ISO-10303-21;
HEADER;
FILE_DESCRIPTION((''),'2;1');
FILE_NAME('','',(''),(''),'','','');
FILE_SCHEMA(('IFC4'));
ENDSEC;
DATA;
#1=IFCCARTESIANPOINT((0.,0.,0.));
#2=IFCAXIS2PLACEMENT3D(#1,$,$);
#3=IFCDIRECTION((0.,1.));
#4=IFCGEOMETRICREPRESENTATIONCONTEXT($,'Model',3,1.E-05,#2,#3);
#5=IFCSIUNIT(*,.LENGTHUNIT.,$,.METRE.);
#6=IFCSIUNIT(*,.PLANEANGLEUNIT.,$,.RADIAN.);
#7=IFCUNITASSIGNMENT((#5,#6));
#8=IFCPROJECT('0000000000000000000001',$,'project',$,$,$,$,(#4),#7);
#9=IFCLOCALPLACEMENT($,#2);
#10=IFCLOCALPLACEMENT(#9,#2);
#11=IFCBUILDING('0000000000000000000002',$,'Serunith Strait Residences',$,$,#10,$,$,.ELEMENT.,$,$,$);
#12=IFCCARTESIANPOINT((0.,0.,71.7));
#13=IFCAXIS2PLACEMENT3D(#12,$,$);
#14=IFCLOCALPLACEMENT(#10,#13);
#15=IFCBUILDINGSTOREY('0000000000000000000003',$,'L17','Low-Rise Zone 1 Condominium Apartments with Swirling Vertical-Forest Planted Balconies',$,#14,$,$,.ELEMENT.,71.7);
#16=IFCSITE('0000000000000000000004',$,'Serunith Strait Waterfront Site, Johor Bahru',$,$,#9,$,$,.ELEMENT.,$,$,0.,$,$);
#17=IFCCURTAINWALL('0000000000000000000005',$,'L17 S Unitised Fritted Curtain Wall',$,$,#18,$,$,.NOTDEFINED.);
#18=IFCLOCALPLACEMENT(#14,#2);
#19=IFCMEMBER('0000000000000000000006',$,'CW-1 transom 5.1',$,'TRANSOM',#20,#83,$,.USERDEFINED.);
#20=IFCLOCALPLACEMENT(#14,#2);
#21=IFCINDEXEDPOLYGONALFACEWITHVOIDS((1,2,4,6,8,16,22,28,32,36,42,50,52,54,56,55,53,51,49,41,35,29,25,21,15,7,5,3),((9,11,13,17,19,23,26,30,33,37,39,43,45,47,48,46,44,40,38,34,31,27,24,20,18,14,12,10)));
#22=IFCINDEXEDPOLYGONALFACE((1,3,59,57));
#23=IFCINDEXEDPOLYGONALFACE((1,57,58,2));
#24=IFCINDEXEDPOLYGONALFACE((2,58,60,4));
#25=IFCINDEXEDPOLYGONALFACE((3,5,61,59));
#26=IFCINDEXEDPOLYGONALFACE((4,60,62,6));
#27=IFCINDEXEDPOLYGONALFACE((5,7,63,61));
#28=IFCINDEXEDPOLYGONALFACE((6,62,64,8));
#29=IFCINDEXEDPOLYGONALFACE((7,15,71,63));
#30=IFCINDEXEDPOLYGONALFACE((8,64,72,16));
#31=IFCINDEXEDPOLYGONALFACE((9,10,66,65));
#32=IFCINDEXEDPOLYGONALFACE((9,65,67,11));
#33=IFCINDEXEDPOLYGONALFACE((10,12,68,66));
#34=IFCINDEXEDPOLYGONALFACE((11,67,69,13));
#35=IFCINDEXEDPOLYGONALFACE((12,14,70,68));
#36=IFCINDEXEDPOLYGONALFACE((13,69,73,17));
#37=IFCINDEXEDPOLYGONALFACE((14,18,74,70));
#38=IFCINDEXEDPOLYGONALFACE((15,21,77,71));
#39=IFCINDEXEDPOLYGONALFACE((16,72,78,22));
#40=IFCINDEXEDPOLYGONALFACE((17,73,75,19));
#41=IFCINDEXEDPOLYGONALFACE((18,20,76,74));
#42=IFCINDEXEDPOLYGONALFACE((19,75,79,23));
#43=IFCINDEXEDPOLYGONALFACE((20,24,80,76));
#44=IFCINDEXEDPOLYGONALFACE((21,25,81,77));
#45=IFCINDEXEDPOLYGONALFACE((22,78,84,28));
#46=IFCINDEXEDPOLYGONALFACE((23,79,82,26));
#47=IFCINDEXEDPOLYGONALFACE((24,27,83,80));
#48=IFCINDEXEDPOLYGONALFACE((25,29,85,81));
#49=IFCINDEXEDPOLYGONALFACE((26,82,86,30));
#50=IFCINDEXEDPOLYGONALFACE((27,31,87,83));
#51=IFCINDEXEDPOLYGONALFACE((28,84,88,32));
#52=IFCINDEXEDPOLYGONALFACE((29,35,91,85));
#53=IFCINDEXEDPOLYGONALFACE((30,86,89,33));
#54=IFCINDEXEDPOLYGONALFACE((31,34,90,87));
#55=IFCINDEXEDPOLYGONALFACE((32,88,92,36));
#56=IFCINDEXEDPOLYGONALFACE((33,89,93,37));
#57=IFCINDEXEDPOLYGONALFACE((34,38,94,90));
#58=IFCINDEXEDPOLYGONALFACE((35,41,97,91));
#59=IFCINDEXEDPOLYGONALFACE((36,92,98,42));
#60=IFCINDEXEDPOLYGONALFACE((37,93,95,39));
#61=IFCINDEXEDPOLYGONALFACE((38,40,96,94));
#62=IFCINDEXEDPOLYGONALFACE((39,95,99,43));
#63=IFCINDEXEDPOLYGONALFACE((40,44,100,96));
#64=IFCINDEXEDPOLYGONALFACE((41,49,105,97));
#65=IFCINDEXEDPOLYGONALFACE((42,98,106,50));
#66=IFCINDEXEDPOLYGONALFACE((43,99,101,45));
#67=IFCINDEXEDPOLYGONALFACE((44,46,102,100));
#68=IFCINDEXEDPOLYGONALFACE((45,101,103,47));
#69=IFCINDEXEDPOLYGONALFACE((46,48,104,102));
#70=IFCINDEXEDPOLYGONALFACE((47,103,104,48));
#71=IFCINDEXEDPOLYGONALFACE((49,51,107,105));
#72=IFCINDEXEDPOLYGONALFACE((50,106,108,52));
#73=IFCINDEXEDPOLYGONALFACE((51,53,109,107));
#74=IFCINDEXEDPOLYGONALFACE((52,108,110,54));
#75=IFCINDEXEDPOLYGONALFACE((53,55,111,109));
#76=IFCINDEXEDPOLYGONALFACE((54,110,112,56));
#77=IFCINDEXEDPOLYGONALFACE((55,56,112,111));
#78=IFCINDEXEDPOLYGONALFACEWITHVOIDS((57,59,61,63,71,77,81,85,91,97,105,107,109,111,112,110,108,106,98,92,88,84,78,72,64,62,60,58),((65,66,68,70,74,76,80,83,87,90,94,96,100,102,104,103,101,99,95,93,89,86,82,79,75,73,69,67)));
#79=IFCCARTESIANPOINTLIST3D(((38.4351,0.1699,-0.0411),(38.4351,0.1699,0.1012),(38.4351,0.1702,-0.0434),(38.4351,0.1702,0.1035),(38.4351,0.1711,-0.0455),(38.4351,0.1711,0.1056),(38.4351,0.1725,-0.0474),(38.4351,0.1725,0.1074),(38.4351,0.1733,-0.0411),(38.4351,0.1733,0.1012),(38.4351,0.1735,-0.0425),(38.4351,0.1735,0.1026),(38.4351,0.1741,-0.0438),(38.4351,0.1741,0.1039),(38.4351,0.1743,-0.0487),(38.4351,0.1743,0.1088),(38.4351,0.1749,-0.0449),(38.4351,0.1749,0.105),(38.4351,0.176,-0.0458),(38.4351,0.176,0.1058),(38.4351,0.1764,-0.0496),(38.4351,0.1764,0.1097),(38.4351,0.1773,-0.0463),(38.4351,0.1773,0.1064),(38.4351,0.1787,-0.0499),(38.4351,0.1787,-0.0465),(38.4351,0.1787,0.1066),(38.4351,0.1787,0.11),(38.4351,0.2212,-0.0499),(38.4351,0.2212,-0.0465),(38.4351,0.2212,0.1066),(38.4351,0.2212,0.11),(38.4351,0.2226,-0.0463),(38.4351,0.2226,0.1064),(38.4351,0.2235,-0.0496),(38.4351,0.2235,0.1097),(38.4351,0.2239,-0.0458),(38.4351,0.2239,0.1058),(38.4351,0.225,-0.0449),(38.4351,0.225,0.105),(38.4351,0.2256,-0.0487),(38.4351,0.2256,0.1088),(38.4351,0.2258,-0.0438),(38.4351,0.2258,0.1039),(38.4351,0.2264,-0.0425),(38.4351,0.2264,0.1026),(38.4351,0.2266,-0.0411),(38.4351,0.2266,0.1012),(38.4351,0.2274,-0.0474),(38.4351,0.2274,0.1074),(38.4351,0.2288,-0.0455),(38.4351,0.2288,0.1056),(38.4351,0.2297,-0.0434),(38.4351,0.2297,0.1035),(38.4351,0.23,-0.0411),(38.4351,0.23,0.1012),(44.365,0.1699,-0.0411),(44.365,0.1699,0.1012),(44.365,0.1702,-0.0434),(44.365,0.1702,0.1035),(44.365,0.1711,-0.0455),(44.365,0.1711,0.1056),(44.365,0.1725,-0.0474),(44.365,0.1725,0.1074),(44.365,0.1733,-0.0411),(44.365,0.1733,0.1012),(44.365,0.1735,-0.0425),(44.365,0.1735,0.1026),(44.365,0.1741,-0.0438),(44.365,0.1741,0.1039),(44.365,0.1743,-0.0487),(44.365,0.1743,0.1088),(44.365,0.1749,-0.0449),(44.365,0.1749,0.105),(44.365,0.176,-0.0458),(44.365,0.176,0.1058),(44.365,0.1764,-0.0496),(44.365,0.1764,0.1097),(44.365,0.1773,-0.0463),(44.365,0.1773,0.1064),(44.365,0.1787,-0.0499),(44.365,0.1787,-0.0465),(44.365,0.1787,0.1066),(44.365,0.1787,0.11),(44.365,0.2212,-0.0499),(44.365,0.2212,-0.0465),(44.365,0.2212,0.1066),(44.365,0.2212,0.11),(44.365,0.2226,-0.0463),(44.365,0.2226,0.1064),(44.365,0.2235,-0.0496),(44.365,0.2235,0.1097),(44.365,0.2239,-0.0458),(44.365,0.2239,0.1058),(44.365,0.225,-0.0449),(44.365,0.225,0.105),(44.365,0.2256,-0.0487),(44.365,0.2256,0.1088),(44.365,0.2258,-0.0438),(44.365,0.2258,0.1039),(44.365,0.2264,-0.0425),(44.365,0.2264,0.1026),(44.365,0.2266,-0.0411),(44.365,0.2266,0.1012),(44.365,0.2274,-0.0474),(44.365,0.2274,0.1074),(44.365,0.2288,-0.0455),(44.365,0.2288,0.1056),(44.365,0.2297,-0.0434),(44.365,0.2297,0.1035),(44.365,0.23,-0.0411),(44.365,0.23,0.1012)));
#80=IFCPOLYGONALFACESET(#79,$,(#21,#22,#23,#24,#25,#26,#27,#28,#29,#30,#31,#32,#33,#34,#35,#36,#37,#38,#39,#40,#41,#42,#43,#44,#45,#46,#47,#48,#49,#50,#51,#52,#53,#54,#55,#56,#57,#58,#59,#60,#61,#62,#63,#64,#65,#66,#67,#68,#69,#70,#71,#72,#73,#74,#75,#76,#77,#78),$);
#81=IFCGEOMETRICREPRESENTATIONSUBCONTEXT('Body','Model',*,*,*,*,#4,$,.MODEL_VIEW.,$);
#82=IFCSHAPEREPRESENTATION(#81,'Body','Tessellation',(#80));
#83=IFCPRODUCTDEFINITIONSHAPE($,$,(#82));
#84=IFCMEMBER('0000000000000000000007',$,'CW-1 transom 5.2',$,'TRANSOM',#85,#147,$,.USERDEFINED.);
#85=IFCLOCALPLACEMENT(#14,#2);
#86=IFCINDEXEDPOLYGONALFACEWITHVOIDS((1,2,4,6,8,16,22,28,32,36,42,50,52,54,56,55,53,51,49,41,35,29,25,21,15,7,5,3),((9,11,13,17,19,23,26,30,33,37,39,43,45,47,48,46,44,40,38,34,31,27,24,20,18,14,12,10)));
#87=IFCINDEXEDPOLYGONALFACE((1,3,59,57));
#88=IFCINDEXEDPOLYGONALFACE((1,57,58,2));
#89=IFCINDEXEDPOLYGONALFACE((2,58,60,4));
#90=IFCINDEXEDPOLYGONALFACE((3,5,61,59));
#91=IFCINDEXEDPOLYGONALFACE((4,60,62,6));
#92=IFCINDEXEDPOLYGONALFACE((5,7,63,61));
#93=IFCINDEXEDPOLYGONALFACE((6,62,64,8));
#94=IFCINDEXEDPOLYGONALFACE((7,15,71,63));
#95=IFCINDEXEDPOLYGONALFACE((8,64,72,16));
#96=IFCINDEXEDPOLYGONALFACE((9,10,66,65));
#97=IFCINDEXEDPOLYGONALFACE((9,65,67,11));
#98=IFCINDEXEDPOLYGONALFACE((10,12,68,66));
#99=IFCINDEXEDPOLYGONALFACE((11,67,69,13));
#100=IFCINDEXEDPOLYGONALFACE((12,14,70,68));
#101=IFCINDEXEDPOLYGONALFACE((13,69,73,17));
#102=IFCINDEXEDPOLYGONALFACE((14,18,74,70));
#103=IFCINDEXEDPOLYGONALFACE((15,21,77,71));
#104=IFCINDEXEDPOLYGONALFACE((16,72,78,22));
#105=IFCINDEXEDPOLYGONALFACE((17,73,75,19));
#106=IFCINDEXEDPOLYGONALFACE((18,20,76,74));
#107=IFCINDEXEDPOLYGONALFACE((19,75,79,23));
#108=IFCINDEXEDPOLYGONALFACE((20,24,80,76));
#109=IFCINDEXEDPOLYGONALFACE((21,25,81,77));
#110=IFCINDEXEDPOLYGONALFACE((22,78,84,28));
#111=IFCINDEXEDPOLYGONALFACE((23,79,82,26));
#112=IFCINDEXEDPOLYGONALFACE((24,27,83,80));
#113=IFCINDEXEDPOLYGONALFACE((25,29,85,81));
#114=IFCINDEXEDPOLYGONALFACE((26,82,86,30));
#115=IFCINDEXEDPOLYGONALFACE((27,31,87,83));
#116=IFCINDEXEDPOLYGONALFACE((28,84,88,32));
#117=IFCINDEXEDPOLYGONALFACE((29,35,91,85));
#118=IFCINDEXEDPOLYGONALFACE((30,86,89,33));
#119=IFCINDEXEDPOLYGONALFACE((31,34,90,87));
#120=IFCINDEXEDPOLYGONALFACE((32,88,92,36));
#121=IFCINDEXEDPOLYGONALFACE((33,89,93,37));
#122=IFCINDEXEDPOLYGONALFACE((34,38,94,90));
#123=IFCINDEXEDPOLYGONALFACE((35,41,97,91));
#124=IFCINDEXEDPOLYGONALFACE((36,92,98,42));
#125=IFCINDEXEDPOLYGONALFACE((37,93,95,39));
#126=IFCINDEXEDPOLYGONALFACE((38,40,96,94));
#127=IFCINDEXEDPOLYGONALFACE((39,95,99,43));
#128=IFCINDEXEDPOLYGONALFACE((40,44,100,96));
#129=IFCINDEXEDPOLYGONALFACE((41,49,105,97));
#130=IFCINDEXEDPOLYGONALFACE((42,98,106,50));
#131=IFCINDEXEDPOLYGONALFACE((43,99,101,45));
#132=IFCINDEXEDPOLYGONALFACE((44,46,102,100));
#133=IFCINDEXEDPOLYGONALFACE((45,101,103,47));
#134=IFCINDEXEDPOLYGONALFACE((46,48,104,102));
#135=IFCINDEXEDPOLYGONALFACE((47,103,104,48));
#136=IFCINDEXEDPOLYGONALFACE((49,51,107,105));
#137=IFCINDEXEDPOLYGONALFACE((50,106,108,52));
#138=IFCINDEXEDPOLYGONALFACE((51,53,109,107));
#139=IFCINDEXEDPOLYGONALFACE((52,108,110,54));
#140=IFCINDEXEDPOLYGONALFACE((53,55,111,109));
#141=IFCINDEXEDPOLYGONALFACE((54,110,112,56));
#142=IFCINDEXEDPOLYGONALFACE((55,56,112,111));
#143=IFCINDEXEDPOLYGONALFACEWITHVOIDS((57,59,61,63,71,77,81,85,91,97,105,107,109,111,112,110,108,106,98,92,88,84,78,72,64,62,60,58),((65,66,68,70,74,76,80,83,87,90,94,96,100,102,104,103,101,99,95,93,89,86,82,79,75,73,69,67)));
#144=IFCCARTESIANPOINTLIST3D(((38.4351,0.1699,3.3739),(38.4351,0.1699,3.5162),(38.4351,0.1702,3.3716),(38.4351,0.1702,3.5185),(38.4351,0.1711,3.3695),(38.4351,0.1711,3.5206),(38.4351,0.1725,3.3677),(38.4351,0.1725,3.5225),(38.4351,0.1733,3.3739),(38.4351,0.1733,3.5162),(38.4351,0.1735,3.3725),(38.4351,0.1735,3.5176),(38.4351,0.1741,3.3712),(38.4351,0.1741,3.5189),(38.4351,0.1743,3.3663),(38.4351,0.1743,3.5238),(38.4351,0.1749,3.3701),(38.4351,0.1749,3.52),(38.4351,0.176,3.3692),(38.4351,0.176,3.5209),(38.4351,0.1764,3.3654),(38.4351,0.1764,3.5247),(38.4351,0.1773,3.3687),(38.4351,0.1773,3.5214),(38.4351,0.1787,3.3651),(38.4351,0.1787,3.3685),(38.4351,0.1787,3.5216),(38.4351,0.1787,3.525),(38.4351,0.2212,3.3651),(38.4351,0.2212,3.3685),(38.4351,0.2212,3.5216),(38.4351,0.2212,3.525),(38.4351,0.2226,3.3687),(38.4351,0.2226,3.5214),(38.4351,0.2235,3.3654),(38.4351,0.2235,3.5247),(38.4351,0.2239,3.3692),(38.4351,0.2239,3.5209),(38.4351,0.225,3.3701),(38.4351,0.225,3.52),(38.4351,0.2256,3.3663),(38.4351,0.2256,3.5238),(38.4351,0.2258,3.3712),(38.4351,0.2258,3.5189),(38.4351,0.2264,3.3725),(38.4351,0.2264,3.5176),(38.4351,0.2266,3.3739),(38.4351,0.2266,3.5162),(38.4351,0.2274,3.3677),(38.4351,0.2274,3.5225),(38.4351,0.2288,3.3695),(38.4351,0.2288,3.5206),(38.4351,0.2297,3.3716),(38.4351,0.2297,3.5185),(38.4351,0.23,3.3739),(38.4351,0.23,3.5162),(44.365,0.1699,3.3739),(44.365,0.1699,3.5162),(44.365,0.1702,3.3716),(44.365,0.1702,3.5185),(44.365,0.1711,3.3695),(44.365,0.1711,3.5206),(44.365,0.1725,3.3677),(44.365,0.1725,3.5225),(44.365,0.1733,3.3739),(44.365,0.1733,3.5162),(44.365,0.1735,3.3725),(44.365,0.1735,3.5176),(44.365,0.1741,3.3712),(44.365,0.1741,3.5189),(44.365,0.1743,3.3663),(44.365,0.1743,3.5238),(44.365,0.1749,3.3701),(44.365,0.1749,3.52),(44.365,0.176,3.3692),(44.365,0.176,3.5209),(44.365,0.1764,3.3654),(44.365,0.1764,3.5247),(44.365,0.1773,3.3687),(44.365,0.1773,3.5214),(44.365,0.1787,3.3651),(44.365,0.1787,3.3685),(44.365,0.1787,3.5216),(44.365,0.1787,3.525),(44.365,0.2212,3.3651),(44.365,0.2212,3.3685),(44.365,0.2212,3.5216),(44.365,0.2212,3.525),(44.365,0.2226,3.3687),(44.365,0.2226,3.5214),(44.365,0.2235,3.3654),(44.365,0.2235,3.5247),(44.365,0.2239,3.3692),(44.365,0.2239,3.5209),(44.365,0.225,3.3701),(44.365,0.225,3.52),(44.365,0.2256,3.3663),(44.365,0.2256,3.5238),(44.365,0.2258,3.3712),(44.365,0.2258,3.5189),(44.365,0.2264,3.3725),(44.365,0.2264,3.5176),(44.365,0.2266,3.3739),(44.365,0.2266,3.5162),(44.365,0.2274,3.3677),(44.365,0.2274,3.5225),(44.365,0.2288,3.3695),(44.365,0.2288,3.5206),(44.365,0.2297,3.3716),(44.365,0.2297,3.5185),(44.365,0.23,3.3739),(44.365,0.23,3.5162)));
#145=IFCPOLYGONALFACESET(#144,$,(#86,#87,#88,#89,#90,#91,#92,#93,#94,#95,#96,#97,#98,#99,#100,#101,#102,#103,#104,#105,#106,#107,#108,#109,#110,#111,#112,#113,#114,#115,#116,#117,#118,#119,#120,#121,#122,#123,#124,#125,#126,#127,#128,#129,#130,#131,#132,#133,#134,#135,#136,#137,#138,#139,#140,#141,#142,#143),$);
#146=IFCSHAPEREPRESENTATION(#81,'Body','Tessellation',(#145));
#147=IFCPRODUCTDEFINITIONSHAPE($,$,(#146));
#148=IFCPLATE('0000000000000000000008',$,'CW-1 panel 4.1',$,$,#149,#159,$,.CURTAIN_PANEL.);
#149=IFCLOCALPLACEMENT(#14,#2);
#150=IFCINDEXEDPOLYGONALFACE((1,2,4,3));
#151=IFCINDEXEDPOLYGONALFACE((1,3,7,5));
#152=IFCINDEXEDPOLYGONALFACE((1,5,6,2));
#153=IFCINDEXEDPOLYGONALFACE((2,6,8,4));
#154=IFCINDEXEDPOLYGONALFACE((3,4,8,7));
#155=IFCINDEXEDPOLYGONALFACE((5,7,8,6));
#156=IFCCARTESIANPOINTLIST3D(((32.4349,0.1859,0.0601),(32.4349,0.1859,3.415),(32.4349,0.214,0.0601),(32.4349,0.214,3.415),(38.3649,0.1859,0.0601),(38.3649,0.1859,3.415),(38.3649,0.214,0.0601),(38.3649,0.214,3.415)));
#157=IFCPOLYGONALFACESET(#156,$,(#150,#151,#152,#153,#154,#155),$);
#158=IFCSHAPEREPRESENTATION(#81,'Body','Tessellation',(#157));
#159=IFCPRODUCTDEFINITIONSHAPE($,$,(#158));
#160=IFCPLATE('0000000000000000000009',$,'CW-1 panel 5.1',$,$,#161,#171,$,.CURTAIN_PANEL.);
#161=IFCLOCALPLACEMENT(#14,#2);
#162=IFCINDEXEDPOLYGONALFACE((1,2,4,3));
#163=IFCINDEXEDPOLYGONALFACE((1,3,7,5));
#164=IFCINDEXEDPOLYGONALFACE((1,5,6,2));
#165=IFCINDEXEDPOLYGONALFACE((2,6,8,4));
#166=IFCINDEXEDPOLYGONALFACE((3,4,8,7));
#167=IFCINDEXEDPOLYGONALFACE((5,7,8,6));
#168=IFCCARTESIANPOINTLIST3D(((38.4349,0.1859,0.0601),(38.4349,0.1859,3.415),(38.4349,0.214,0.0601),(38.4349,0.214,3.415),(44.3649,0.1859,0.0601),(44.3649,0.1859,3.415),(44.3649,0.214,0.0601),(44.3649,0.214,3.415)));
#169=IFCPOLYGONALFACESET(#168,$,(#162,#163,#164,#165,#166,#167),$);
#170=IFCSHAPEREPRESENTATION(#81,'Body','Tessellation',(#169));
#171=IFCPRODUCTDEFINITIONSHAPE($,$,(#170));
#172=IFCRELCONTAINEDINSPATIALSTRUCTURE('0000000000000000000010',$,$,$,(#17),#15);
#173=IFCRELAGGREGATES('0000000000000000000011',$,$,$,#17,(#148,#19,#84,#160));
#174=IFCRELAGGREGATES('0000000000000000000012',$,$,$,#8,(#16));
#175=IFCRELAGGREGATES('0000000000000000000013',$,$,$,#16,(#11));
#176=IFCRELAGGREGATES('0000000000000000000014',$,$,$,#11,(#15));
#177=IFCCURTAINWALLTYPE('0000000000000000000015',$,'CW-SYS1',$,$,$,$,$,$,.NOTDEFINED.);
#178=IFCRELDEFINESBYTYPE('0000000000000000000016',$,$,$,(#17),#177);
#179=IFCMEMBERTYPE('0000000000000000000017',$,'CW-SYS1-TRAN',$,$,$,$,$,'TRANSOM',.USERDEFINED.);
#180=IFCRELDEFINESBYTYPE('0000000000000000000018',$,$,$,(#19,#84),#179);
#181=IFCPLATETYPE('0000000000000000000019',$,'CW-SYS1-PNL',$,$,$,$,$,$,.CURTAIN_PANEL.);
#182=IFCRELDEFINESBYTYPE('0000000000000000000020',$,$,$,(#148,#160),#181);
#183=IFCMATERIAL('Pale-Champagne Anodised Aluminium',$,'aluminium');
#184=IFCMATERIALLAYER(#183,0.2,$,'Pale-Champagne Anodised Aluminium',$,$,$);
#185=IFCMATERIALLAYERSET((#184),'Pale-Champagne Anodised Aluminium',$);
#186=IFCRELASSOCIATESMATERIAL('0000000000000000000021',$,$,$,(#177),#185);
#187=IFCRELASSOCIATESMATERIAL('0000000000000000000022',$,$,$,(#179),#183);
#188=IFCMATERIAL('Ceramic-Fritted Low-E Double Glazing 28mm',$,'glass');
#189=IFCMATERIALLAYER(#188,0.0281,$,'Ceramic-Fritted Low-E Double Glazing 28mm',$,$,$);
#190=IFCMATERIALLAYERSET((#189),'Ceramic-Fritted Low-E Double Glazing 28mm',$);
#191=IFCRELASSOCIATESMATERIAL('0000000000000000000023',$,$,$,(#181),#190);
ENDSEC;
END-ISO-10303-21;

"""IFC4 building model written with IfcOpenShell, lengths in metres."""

from ifc_helpers import new_model, si_unit, direction, frame, origin, origin_2d, place, context, subcontext, project, spatial, rectangle, hollow_rectangle, extrude, source, transform, mapped, material, layer, layer_set, material_profile, profile_set, type_object, element, aggregate, save


model = new_model("IFC4")

# Units and contexts
model_context = context("Model", 3, precision=1e-05, world=origin(), true_north=direction((0.0, 1.0)))
body_context = subcontext(model_context, "Body", "Model", "MODEL_VIEW")
ifc_project = project(units=[si_unit("LENGTHUNIT", "METRE"), si_unit("PLANEANGLEUNIT", "RADIAN")], contexts=[model_context])

# Site, building, storey
site_placement = place(None, origin())
site = spatial("IfcSite", under=ifc_project, at=site_placement, Name="Serunith Strait Waterfront Site, Johor Bahru", CompositionType="ELEMENT", RefElevation=0.0)
building_placement = place(site_placement, origin())
building = spatial("IfcBuilding", under=site, at=building_placement, Name="Serunith Strait Residences", CompositionType="ELEMENT")
storey_placement = place(building_placement, frame((0.0, 0.0, 71.7)))
storey = spatial("IfcBuildingStorey", under=building, at=storey_placement, Name="L17", Description="Low-Rise Zone 1 Condominium Apartments with Swirling Vertical-Forest Planted Balconies", CompositionType="ELEMENT", Elevation=71.7)

# Curtain wall, members, plates
ifc_material_1 = material(Name="Pale-Champagne Anodised Aluminium", Category="aluminium")
ifc_layer_1 = layer(ifc_material_1, 0.2, Name="Pale-Champagne Anodised Aluminium")
ifc_layer_set_1 = layer_set([ifc_layer_1], Name="Pale-Champagne Anodised Aluminium")
curtain_wall_type = type_object("IfcCurtainWallType", Name="CW-SYS1", PredefinedType="NOTDEFINED", material=ifc_layer_set_1)
curtain_wall_placement = place(storey_placement, origin())
curtain_wall = element("IfcCurtainWall", 1, at=curtain_wall_placement, inside=storey, type_object=curtain_wall_type, Name="L17 S Unitised Fritted Curtain Wall", PredefinedType="NOTDEFINED")
ifc_material_profile_1 = material_profile(ifc_material_1, hollow_rectangle(XDim=0.0601, YDim=0.1599, WallThickness=0.0034, InnerFilletRadius=0.0054, OuterFilletRadius=0.0088, at=origin_2d()), Name="ALU 160x60x3.5")
ifc_profile_set_1 = profile_set([ifc_material_profile_1], Name="Pale-Champagne Anodised Aluminium")
member_type_1 = type_object("IfcMemberType", Name="CW-SYS1-TRAN", ElementType="TRANSOM", PredefinedType="USERDEFINED", material=ifc_profile_set_1)
shared_shape_1 = source(origin(), body_context, "Body", "SweptSolid", [
    extrude(hollow_rectangle(XDim=0.0601, YDim=0.1599, WallThickness=0.0034, InnerFilletRadius=0.0054, OuterFilletRadius=0.0088, at=origin_2d()), origin(), (0.0, 0.0, 1.0), 5.9299),
])
member_1_placement = place(storey_placement, frame((38.4351, 0.2, 0.03), z_axis=(1.0, 0.0, 0.0), x_axis=(0.0, 1.0, 0.0)))
member_1 = element("IfcMember", 2, at=member_1_placement, type_object=member_type_1, Name="CW-1 transom 5.1", ObjectType="TRANSOM", PredefinedType="USERDEFINED", context=body_context, shape_type="MappedRepresentation", body=[
    mapped(shared_shape_1, transform((0.0, 0.0, 0.0), scale=1.0)),
])
member_2_placement = place(storey_placement, frame((38.4351, 0.2, 3.4451), z_axis=(1.0, 0.0, 0.0), x_axis=(0.0, 1.0, 0.0)))
member_2 = element("IfcMember", 3, at=member_2_placement, type_object=member_type_1, Name="CW-1 transom 5.2", ObjectType="TRANSOM", PredefinedType="USERDEFINED", context=body_context, shape_type="MappedRepresentation", body=[
    mapped(shared_shape_1, transform((0.0, 0.0, 0.0), scale=1.0)),
])
ifc_material_2 = material(Name="Ceramic-Fritted Low-E Double Glazing 28mm", Category="glass")
ifc_layer_2 = layer(ifc_material_2, 0.0281, Name="Ceramic-Fritted Low-E Double Glazing 28mm")
ifc_layer_set_2 = layer_set([ifc_layer_2], Name="Ceramic-Fritted Low-E Double Glazing 28mm")
plate_type = type_object("IfcPlateType", Name="CW-SYS1-PNL", PredefinedType="CURTAIN_PANEL", material=ifc_layer_set_2)
shared_shape_2 = source(origin(), body_context, "Body", "SweptSolid", [
    extrude(rectangle(XDim=5.9299, YDim=0.0281, at=origin_2d()), origin(), (0.0, 0.0, 1.0), 3.355),
])
plate_1_placement = place(storey_placement, frame((35.3999, 0.2, 0.0601), z_axis=(0.0, 0.0, 1.0), x_axis=(1.0, 0.0, 0.0)))
plate_1 = element("IfcPlate", 4, at=plate_1_placement, type_object=plate_type, Name="CW-1 panel 4.1", PredefinedType="CURTAIN_PANEL", context=body_context, shape_type="MappedRepresentation", body=[
    mapped(shared_shape_2, transform((0.0, 0.0, 0.0), scale=1.0)),
])
plate_2_placement = place(storey_placement, frame((41.3999, 0.2, 0.0601), z_axis=(0.0, 0.0, 1.0), x_axis=(1.0, 0.0, 0.0)))
plate_2 = element("IfcPlate", 5, at=plate_2_placement, type_object=plate_type, Name="CW-1 panel 5.1", PredefinedType="CURTAIN_PANEL", context=body_context, shape_type="MappedRepresentation", body=[
    mapped(shared_shape_2, transform((0.0, 0.0, 0.0), scale=1.0)),
])
aggregate(curtain_wall, [plate_1, member_1, member_2, plate_2])

save(model, "model.ifc")
